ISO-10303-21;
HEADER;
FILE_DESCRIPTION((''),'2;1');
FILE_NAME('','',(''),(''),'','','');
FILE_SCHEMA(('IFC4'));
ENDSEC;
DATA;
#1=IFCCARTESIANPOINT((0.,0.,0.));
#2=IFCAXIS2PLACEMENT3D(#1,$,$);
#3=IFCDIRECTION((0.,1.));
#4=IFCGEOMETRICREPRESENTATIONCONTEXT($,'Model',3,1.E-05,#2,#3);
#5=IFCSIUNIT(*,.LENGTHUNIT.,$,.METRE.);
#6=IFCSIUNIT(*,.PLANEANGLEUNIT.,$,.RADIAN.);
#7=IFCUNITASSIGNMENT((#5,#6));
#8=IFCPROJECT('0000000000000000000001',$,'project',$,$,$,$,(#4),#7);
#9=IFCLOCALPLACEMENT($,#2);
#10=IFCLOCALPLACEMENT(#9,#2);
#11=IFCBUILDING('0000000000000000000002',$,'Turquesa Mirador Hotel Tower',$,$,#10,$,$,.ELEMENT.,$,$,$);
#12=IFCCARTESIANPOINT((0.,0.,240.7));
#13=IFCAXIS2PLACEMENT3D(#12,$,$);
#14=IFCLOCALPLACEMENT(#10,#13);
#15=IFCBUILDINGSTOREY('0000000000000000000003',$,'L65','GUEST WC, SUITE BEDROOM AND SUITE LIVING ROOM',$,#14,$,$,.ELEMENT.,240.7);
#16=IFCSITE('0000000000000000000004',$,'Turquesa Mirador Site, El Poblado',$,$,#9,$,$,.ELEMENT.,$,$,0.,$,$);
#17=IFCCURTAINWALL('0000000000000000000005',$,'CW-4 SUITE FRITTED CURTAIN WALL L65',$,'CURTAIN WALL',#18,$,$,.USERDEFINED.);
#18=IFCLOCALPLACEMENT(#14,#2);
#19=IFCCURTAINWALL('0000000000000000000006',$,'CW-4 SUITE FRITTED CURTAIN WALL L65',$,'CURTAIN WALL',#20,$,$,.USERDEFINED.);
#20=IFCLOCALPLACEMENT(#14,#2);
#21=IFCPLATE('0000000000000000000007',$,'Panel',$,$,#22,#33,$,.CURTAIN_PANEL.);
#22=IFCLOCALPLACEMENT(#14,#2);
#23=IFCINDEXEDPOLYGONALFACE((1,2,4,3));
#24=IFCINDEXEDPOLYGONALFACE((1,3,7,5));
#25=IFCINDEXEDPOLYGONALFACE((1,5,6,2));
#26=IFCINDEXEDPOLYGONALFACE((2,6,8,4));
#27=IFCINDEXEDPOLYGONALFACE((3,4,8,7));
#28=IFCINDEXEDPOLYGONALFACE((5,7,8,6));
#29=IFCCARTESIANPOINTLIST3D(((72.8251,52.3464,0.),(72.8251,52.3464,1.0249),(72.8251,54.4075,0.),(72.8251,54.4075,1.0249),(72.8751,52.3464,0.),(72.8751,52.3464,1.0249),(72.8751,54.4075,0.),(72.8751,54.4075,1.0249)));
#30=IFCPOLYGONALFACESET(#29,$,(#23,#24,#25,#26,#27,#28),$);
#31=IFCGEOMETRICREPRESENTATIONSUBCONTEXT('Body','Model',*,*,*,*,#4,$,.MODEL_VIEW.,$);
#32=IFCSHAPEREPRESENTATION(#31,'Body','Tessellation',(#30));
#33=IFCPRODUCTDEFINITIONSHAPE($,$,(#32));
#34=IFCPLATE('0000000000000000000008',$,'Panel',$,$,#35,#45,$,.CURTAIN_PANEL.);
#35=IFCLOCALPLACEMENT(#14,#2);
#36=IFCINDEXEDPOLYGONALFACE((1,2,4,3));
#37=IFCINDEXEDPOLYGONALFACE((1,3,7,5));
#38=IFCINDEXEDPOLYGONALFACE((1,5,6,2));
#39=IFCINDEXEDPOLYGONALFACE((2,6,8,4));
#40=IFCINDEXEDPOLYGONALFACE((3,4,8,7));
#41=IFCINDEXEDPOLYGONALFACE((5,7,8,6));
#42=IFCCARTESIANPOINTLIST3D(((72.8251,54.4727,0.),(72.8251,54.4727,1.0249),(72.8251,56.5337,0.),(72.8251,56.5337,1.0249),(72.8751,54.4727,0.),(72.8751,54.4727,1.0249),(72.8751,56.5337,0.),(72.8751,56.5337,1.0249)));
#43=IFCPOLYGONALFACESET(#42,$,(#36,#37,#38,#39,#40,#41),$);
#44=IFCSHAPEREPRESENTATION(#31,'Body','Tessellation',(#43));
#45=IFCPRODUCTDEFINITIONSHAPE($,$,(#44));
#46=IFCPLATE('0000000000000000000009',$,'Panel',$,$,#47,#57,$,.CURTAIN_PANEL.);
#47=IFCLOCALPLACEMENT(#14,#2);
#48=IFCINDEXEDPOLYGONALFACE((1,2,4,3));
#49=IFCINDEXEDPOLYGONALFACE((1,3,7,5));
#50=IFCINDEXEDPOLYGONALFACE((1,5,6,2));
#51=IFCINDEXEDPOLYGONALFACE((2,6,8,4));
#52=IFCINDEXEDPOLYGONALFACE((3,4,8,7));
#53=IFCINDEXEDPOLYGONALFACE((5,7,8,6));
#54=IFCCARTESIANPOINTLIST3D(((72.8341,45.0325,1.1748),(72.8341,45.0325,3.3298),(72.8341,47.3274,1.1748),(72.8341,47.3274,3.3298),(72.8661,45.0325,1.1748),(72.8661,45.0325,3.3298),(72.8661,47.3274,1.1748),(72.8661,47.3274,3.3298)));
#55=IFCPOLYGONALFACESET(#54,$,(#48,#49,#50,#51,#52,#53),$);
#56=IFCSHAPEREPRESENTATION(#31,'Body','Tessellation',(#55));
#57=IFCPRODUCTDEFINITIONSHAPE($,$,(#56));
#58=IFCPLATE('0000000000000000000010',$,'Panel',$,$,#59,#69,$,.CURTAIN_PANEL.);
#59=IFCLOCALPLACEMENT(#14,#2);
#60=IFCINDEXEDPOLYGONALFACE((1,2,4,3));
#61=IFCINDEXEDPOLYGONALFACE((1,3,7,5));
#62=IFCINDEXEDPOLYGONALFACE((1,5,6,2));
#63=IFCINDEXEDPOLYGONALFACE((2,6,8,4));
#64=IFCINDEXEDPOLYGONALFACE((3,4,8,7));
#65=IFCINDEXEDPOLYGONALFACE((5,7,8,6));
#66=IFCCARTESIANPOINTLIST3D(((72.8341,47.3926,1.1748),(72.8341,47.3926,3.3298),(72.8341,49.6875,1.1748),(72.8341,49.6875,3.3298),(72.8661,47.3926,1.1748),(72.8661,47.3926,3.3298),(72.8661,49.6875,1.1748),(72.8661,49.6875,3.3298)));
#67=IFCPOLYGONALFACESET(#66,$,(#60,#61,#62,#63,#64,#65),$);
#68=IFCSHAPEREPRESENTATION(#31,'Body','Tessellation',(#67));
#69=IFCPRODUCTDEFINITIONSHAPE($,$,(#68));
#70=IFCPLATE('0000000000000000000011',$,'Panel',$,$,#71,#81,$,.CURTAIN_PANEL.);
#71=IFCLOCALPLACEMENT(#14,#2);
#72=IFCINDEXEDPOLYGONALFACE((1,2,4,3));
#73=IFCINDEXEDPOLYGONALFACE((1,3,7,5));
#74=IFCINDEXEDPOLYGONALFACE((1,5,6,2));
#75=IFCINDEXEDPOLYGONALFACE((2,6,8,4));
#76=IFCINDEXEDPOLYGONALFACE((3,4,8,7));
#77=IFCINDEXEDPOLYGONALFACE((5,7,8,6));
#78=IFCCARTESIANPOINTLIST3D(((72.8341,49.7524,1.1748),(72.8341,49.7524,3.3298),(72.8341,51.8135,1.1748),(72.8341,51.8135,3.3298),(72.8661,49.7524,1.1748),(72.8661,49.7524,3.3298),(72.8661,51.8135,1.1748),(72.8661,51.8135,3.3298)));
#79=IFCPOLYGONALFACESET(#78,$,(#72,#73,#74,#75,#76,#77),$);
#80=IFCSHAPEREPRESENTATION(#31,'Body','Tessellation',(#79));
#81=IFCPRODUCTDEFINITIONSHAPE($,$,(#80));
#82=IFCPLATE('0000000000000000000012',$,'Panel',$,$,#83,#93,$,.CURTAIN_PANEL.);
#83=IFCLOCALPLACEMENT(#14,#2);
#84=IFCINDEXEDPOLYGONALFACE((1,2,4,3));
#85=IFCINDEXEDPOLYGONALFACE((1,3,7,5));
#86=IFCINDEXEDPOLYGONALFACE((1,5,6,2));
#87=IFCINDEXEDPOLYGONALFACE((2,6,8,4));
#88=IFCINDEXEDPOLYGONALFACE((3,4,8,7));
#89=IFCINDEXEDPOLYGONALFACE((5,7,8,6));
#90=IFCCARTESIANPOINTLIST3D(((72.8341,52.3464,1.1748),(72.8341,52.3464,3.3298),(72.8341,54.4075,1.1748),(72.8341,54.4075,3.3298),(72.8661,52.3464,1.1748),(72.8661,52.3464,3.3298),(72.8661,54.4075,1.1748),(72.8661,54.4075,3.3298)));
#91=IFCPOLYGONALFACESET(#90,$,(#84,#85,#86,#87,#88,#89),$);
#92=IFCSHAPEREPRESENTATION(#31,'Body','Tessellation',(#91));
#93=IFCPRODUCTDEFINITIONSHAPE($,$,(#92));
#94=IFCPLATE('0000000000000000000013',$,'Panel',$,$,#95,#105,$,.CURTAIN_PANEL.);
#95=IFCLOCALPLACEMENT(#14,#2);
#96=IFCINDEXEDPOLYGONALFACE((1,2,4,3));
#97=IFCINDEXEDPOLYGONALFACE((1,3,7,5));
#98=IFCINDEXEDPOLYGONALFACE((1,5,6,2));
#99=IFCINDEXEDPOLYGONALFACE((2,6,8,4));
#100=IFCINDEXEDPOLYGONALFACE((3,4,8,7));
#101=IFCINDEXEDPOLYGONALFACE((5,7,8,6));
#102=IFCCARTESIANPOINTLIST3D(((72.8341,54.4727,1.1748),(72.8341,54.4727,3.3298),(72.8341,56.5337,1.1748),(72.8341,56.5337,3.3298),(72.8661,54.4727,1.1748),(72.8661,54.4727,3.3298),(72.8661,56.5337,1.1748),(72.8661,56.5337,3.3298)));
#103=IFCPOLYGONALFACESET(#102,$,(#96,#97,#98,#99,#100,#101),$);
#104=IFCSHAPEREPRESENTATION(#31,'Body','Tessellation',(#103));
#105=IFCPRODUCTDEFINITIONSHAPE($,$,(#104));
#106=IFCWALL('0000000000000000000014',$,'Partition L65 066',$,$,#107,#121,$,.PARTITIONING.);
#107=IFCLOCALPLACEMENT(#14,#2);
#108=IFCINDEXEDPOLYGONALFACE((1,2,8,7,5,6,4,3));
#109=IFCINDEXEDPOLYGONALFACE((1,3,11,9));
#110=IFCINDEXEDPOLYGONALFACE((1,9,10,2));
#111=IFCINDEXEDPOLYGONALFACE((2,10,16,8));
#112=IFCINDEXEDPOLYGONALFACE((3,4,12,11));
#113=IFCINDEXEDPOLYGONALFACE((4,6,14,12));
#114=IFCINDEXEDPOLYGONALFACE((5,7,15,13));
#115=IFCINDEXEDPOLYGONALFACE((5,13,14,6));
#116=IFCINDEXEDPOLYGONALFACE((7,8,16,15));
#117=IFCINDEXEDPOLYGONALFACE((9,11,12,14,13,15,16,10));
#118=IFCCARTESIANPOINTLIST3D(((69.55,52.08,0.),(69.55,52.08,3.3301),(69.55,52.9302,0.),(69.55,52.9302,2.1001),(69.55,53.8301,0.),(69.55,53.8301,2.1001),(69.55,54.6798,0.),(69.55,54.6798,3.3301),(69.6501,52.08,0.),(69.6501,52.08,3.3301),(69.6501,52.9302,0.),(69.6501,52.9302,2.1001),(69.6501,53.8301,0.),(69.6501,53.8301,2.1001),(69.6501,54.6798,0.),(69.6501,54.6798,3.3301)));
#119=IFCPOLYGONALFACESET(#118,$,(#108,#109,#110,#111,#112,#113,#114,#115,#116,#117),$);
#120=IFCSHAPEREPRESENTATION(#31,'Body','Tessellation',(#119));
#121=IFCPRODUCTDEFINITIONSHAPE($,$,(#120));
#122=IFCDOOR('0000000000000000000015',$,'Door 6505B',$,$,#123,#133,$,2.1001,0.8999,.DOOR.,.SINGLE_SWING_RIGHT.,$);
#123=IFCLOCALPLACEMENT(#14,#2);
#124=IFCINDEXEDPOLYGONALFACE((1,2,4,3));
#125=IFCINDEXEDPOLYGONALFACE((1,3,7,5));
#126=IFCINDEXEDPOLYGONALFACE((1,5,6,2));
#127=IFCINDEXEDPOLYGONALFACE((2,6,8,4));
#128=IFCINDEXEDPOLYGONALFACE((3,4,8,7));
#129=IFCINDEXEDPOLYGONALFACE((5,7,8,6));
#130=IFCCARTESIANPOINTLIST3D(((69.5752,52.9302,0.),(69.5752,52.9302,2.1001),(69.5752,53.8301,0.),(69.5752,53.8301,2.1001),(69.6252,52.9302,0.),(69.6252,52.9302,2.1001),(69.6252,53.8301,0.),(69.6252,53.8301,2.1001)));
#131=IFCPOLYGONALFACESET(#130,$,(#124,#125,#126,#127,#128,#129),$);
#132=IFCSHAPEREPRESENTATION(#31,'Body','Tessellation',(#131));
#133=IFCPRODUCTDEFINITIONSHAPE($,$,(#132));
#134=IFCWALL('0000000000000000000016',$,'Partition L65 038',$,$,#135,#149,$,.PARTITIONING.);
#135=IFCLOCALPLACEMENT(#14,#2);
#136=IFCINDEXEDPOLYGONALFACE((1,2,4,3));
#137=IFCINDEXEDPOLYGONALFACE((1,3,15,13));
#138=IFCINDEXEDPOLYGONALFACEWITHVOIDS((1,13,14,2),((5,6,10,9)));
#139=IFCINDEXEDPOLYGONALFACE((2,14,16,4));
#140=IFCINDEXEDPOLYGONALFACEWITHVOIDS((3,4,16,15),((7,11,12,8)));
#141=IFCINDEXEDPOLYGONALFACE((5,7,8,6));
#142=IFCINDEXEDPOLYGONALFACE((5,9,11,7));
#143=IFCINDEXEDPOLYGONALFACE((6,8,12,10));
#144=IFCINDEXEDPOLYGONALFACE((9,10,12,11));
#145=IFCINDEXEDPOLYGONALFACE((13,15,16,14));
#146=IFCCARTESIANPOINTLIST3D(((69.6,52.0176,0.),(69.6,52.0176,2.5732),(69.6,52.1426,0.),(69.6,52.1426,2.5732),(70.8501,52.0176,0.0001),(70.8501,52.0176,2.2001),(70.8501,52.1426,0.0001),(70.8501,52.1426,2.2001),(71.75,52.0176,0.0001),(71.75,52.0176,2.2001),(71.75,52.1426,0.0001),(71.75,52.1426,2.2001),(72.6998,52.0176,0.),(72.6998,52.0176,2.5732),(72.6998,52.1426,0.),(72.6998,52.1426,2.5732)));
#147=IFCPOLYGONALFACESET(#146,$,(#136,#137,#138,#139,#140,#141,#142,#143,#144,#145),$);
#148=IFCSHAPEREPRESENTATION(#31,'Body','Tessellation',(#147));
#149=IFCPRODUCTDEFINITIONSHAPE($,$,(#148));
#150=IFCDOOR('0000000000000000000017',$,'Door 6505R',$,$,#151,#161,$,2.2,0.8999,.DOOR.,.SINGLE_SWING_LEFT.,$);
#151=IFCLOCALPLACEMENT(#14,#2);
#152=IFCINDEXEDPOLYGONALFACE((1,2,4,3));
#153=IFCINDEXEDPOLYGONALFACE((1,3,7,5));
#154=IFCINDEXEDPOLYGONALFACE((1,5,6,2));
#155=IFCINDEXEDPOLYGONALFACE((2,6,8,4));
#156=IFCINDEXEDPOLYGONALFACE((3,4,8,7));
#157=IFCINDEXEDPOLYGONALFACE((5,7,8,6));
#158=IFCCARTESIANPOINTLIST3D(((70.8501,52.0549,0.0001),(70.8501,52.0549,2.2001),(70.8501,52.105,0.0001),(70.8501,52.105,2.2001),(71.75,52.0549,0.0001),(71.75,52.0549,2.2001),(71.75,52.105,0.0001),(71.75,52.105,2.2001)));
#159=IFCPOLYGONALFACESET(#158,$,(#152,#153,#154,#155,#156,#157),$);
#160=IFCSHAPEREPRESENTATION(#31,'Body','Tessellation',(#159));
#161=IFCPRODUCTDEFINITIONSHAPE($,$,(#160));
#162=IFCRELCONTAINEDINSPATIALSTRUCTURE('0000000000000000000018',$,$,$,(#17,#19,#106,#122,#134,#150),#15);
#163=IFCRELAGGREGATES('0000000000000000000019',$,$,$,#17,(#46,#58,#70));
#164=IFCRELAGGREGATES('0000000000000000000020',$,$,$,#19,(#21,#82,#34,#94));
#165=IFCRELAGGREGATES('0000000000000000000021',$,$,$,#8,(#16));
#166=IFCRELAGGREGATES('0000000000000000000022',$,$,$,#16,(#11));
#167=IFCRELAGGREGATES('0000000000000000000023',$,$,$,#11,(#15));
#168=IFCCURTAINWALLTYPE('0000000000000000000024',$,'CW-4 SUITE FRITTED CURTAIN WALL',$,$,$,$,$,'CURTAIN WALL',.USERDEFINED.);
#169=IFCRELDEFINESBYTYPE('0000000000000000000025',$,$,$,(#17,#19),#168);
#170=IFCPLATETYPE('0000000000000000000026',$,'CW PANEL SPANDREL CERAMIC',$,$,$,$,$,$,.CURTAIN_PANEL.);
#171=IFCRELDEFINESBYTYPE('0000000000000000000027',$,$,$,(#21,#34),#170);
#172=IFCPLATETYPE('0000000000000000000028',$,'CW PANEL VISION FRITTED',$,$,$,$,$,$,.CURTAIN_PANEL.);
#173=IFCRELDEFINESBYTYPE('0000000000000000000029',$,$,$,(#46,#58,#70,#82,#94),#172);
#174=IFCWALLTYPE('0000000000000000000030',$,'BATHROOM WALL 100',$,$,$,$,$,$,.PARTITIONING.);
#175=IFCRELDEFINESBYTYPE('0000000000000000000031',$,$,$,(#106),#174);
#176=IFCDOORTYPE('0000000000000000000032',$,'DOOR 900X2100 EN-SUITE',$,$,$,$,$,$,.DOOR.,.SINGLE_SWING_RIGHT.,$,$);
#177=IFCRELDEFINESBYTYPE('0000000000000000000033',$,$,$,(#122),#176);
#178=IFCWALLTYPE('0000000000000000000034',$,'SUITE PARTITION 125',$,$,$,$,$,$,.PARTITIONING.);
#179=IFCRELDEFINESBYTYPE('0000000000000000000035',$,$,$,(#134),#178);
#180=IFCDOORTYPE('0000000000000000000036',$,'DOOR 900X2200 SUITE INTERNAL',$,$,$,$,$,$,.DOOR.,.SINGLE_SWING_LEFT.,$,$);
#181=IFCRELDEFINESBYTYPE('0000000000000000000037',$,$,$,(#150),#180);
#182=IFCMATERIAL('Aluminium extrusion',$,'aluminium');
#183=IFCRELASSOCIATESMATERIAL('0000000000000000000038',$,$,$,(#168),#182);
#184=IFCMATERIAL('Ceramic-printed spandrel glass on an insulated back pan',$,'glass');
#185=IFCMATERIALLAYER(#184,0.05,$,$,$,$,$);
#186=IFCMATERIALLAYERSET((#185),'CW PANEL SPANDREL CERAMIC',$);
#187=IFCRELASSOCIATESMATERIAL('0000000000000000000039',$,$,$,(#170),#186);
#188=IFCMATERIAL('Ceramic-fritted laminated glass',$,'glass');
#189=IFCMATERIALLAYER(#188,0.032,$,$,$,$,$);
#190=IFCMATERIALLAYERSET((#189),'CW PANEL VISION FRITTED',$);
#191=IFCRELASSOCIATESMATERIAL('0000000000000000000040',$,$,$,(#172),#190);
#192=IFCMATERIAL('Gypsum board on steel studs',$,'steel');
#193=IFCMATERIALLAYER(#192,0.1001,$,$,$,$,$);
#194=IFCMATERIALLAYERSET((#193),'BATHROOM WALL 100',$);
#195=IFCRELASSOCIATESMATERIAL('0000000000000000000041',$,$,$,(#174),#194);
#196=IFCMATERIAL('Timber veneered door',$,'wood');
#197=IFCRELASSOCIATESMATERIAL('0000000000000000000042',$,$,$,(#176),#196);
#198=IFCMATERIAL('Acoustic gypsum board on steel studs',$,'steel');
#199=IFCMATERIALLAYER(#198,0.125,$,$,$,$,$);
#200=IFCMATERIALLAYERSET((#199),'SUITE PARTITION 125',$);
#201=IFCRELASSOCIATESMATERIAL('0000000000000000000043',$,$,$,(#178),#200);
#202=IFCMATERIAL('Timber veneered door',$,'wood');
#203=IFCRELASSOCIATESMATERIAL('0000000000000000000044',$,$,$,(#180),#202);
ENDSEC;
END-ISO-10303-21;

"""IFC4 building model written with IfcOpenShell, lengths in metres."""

from ifc_helpers import new_model, si_unit, direction, frame, frame_2d, origin, origin_2d, place, context, subcontext, project, spatial, rectangle, extrude, material, layer, layer_set, type_object, element, fill, aggregate, save


model = new_model("IFC4")

# Units and contexts
model_context = context("Model", 3, precision=1e-05, world=origin(), true_north=direction((0.0, 1.0)))
body_context = subcontext(model_context, "Body", "Model", "MODEL_VIEW")
ifc_project = project(units=[si_unit("LENGTHUNIT", "METRE"), si_unit("PLANEANGLEUNIT", "RADIAN")], contexts=[model_context])

# Site, building, storey
site_placement = place(None, origin())
site = spatial("IfcSite", under=ifc_project, at=site_placement, Name="Turquesa Mirador Site, El Poblado", CompositionType="ELEMENT", RefElevation=0.0)
building_placement = place(site_placement, origin())
building = spatial("IfcBuilding", under=site, at=building_placement, Name="Turquesa Mirador Hotel Tower", CompositionType="ELEMENT")
storey_placement = place(building_placement, frame((0.0, 0.0, 240.7)))
storey = spatial("IfcBuildingStorey", under=building, at=storey_placement, Name="L65", Description="GUEST WC, SUITE BEDROOM AND SUITE LIVING ROOM", CompositionType="ELEMENT", Elevation=240.7)

# Curtain walls
ifc_material_1 = material(Name="Aluminium extrusion", Category="aluminium")
curtain_wall_type = type_object("IfcCurtainWallType", Name="CW-4 SUITE FRITTED CURTAIN WALL", ElementType="CURTAIN WALL", PredefinedType="USERDEFINED", material=ifc_material_1)
curtain_wall_1_placement = place(storey_placement, origin())
curtain_wall_1 = element("IfcCurtainWall", 1, at=curtain_wall_1_placement, inside=storey, type_object=curtain_wall_type, Name="CW-4 SUITE FRITTED CURTAIN WALL L65", ObjectType="CURTAIN WALL", PredefinedType="USERDEFINED")
curtain_wall_2_placement = place(storey_placement, origin())
curtain_wall_2 = element("IfcCurtainWall", 2, at=curtain_wall_2_placement, inside=storey, type_object=curtain_wall_type, Name="CW-4 SUITE FRITTED CURTAIN WALL L65", ObjectType="CURTAIN WALL", PredefinedType="USERDEFINED")

# Plates
ifc_material_2 = material(Name="Ceramic-printed spandrel glass on an insulated back pan", Category="glass")
ifc_layer_1 = layer(ifc_material_2, 0.05)
ifc_layer_set_1 = layer_set([ifc_layer_1], Name="CW PANEL SPANDREL CERAMIC")
plate_type_1 = type_object("IfcPlateType", Name="CW PANEL SPANDREL CERAMIC", PredefinedType="CURTAIN_PANEL", material=ifc_layer_set_1)
plate_1_placement = place(storey_placement, frame((72.8501, 53.377, 0.0), z_axis=(0.0, 0.0, 1.0), x_axis=(0.0, 1.0, 0.0)))
plate_1 = element("IfcPlate", 3, at=plate_1_placement, type_object=plate_type_1, Name="Panel", PredefinedType="CURTAIN_PANEL", context=body_context, shape_type="SweptSolid", body=[
    extrude(rectangle(XDim=2.061, YDim=0.05, at=origin_2d()), origin(), (0.0, 0.0, 1.0), 1.0249),
])
plate_2_placement = place(storey_placement, frame((72.8501, 55.5032, 0.0), z_axis=(0.0, 0.0, 1.0), x_axis=(0.0, 1.0, 0.0)))
plate_2 = element("IfcPlate", 4, at=plate_2_placement, type_object=plate_type_1, Name="Panel", PredefinedType="CURTAIN_PANEL", context=body_context, shape_type="SweptSolid", body=[
    extrude(rectangle(XDim=2.061, YDim=0.05, at=origin_2d()), origin(), (0.0, 0.0, 1.0), 1.0249),
])
ifc_material_3 = material(Name="Ceramic-fritted laminated glass", Category="glass")
ifc_layer_2 = layer(ifc_material_3, 0.032)
ifc_layer_set_2 = layer_set([ifc_layer_2], Name="CW PANEL VISION FRITTED")
plate_type_2 = type_object("IfcPlateType", Name="CW PANEL VISION FRITTED", PredefinedType="CURTAIN_PANEL", material=ifc_layer_set_2)
plate_3_placement = place(storey_placement, frame((72.8501, 46.1799, 1.1748), z_axis=(0.0, 0.0, 1.0), x_axis=(0.0, 1.0, 0.0)))
plate_3 = element("IfcPlate", 5, at=plate_3_placement, type_object=plate_type_2, Name="Panel", PredefinedType="CURTAIN_PANEL", context=body_context, shape_type="SweptSolid", body=[
    extrude(rectangle(XDim=2.2949, YDim=0.032, at=origin_2d()), origin(), (0.0, 0.0, 1.0), 2.155),
])
plate_4_placement = place(storey_placement, frame((72.8501, 48.54, 1.1748), z_axis=(0.0, 0.0, 1.0), x_axis=(0.0, 1.0, 0.0)))
plate_4 = element("IfcPlate", 6, at=plate_4_placement, type_object=plate_type_2, Name="Panel", PredefinedType="CURTAIN_PANEL", context=body_context, shape_type="SweptSolid", body=[
    extrude(rectangle(XDim=2.2949, YDim=0.032, at=origin_2d()), origin(), (0.0, 0.0, 1.0), 2.155),
])
plate_5_placement = place(storey_placement, frame((72.8501, 50.783, 1.1748), z_axis=(0.0, 0.0, 1.0), x_axis=(0.0, 1.0, 0.0)))
plate_5 = element("IfcPlate", 7, at=plate_5_placement, type_object=plate_type_2, Name="Panel", PredefinedType="CURTAIN_PANEL", context=body_context, shape_type="SweptSolid", body=[
    extrude(rectangle(XDim=2.061, YDim=0.032, at=origin_2d()), origin(), (0.0, 0.0, 1.0), 2.155),
])
aggregate(curtain_wall_1, [plate_3, plate_4, plate_5])
plate_6_placement = place(storey_placement, frame((72.8501, 53.377, 1.1748), z_axis=(0.0, 0.0, 1.0), x_axis=(0.0, 1.0, 0.0)))
plate_6 = element("IfcPlate", 8, at=plate_6_placement, type_object=plate_type_2, Name="Panel", PredefinedType="CURTAIN_PANEL", context=body_context, shape_type="SweptSolid", body=[
    extrude(rectangle(XDim=2.061, YDim=0.032, at=origin_2d()), origin(), (0.0, 0.0, 1.0), 2.155),
])
plate_7_placement = place(storey_placement, frame((72.8501, 55.5032, 1.1748), z_axis=(0.0, 0.0, 1.0), x_axis=(0.0, 1.0, 0.0)))
plate_7 = element("IfcPlate", 9, at=plate_7_placement, type_object=plate_type_2, Name="Panel", PredefinedType="CURTAIN_PANEL", context=body_context, shape_type="SweptSolid", body=[
    extrude(rectangle(XDim=2.061, YDim=0.032, at=origin_2d()), origin(), (0.0, 0.0, 1.0), 2.155),
])
aggregate(curtain_wall_2, [plate_1, plate_6, plate_2, plate_7])

# Walls, openings, doors
ifc_material_4 = material(Name="Gypsum board on steel studs", Category="steel")
ifc_layer_3 = layer(ifc_material_4, 0.1001)
ifc_layer_set_3 = layer_set([ifc_layer_3], Name="BATHROOM WALL 100")
wall_type_1 = type_object("IfcWallType", Name="BATHROOM WALL 100", PredefinedType="PARTITIONING", material=ifc_layer_set_3)
wall_1_placement = place(storey_placement, frame((69.6001, 52.0801, 0.0), z_axis=(0.0, 0.0, 1.0), x_axis=(0.0, 1.0, 0.0)))
wall_1 = element("IfcWall", 10, at=wall_1_placement, inside=storey, type_object=wall_type_1, Name="Partition L65 066", PredefinedType="PARTITIONING", context=body_context, shape_type="SweptSolid", body=[
    extrude(rectangle(XDim=2.5999, YDim=0.1001, at=frame_2d((1.2998, 0.0))), origin(), (0.0, 0.0, 1.0), 3.3301),
])
opening_1_placement = place(wall_1_placement, frame((0.8501, 0.0, 0.0)))
opening_1 = element("IfcOpeningElement", 11, at=opening_1_placement, cuts=wall_1, PredefinedType="OPENING", context=body_context, shape_type="SweptSolid", body=[
    extrude(rectangle(XDim=0.8999, YDim=2.1001, at=frame_2d((0.45, 1.05))), frame((0.0, 0.0601, 0.0), z_axis=(0.0, -1.0, 0.0), x_axis=(1.0, 0.0, 0.0)), (0.0, 0.0, 1.0), 0.1201),
])
ifc_material_5 = material(Name="Timber veneered door", Category="wood")
door_type_1 = type_object("IfcDoorType", Name="DOOR 900X2100 EN-SUITE", OperationType="SINGLE_SWING_RIGHT", PredefinedType="DOOR", material=ifc_material_5)
door_1_placement = place(opening_1_placement, origin())
door_1 = element("IfcDoor", 12, at=door_1_placement, inside=storey, type_object=door_type_1, Name="Door 6505B", OperationType="SINGLE_SWING_RIGHT", OverallHeight=2.1001, OverallWidth=0.8999, PredefinedType="DOOR", context=body_context, shape_type="SweptSolid", body=[
    extrude(rectangle(XDim=0.8999, YDim=2.1001, at=frame_2d((0.45, 1.05))), frame((0.0, 0.0249, 0.0), z_axis=(0.0, -1.0, 0.0), x_axis=(1.0, 0.0, 0.0)), (0.0, 0.0, 1.0), 0.05),
])
fill(opening_1, door_1)
ifc_material_6 = material(Name="Acoustic gypsum board on steel studs", Category="steel")
ifc_layer_4 = layer(ifc_material_6, 0.125)
ifc_layer_set_4 = layer_set([ifc_layer_4], Name="SUITE PARTITION 125")
wall_type_2 = type_object("IfcWallType", Name="SUITE PARTITION 125", PredefinedType="PARTITIONING", material=ifc_layer_set_4)
wall_2_placement = place(storey_placement, frame((69.6001, 52.0801, 0.0), z_axis=(0.0, 0.0, 1.0), x_axis=(1.0, 0.0, 0.0)))
wall_2 = element("IfcWall", 13, at=wall_2_placement, inside=storey, type_object=wall_type_2, Name="Partition L65 038", PredefinedType="PARTITIONING", context=body_context, shape_type="SweptSolid", body=[
    extrude(rectangle(XDim=3.0999, YDim=0.125, at=frame_2d((1.5498, 0.0))), origin(), (0.0, 0.0, 1.0), 2.5732),
])
opening_2_placement = place(wall_2_placement, frame((1.25, 0.0, 0.0)))
opening_2 = element("IfcOpeningElement", 14, at=opening_2_placement, cuts=wall_2, PredefinedType="OPENING", context=body_context, shape_type="SweptSolid", body=[
    extrude(rectangle(XDim=0.8999, YDim=2.2, at=frame_2d((0.45, 1.1001))), frame((0.0, 0.0725, 0.0), z_axis=(0.0, -1.0, 0.0), x_axis=(1.0, 0.0, 0.0)), (0.0, 0.0, 1.0), 0.145),
])
ifc_material_7 = material(Name="Timber veneered door", Category="wood")
door_type_2 = type_object("IfcDoorType", Name="DOOR 900X2200 SUITE INTERNAL", OperationType="SINGLE_SWING_LEFT", PredefinedType="DOOR", material=ifc_material_7)
door_2_placement = place(opening_2_placement, origin())
door_2 = element("IfcDoor", 15, at=door_2_placement, inside=storey, type_object=door_type_2, Name="Door 6505R", OperationType="SINGLE_SWING_LEFT", OverallHeight=2.2, OverallWidth=0.8999, PredefinedType="DOOR", context=body_context, shape_type="SweptSolid", body=[
    extrude(rectangle(XDim=0.8999, YDim=2.2, at=frame_2d((0.45, 1.1001))), frame((0.0, 0.0249, 0.0), z_axis=(0.0, -1.0, 0.0), x_axis=(1.0, 0.0, 0.0)), (0.0, 0.0, 1.0), 0.05),
])
fill(opening_2, door_2)

save(model, "model.ifc")
